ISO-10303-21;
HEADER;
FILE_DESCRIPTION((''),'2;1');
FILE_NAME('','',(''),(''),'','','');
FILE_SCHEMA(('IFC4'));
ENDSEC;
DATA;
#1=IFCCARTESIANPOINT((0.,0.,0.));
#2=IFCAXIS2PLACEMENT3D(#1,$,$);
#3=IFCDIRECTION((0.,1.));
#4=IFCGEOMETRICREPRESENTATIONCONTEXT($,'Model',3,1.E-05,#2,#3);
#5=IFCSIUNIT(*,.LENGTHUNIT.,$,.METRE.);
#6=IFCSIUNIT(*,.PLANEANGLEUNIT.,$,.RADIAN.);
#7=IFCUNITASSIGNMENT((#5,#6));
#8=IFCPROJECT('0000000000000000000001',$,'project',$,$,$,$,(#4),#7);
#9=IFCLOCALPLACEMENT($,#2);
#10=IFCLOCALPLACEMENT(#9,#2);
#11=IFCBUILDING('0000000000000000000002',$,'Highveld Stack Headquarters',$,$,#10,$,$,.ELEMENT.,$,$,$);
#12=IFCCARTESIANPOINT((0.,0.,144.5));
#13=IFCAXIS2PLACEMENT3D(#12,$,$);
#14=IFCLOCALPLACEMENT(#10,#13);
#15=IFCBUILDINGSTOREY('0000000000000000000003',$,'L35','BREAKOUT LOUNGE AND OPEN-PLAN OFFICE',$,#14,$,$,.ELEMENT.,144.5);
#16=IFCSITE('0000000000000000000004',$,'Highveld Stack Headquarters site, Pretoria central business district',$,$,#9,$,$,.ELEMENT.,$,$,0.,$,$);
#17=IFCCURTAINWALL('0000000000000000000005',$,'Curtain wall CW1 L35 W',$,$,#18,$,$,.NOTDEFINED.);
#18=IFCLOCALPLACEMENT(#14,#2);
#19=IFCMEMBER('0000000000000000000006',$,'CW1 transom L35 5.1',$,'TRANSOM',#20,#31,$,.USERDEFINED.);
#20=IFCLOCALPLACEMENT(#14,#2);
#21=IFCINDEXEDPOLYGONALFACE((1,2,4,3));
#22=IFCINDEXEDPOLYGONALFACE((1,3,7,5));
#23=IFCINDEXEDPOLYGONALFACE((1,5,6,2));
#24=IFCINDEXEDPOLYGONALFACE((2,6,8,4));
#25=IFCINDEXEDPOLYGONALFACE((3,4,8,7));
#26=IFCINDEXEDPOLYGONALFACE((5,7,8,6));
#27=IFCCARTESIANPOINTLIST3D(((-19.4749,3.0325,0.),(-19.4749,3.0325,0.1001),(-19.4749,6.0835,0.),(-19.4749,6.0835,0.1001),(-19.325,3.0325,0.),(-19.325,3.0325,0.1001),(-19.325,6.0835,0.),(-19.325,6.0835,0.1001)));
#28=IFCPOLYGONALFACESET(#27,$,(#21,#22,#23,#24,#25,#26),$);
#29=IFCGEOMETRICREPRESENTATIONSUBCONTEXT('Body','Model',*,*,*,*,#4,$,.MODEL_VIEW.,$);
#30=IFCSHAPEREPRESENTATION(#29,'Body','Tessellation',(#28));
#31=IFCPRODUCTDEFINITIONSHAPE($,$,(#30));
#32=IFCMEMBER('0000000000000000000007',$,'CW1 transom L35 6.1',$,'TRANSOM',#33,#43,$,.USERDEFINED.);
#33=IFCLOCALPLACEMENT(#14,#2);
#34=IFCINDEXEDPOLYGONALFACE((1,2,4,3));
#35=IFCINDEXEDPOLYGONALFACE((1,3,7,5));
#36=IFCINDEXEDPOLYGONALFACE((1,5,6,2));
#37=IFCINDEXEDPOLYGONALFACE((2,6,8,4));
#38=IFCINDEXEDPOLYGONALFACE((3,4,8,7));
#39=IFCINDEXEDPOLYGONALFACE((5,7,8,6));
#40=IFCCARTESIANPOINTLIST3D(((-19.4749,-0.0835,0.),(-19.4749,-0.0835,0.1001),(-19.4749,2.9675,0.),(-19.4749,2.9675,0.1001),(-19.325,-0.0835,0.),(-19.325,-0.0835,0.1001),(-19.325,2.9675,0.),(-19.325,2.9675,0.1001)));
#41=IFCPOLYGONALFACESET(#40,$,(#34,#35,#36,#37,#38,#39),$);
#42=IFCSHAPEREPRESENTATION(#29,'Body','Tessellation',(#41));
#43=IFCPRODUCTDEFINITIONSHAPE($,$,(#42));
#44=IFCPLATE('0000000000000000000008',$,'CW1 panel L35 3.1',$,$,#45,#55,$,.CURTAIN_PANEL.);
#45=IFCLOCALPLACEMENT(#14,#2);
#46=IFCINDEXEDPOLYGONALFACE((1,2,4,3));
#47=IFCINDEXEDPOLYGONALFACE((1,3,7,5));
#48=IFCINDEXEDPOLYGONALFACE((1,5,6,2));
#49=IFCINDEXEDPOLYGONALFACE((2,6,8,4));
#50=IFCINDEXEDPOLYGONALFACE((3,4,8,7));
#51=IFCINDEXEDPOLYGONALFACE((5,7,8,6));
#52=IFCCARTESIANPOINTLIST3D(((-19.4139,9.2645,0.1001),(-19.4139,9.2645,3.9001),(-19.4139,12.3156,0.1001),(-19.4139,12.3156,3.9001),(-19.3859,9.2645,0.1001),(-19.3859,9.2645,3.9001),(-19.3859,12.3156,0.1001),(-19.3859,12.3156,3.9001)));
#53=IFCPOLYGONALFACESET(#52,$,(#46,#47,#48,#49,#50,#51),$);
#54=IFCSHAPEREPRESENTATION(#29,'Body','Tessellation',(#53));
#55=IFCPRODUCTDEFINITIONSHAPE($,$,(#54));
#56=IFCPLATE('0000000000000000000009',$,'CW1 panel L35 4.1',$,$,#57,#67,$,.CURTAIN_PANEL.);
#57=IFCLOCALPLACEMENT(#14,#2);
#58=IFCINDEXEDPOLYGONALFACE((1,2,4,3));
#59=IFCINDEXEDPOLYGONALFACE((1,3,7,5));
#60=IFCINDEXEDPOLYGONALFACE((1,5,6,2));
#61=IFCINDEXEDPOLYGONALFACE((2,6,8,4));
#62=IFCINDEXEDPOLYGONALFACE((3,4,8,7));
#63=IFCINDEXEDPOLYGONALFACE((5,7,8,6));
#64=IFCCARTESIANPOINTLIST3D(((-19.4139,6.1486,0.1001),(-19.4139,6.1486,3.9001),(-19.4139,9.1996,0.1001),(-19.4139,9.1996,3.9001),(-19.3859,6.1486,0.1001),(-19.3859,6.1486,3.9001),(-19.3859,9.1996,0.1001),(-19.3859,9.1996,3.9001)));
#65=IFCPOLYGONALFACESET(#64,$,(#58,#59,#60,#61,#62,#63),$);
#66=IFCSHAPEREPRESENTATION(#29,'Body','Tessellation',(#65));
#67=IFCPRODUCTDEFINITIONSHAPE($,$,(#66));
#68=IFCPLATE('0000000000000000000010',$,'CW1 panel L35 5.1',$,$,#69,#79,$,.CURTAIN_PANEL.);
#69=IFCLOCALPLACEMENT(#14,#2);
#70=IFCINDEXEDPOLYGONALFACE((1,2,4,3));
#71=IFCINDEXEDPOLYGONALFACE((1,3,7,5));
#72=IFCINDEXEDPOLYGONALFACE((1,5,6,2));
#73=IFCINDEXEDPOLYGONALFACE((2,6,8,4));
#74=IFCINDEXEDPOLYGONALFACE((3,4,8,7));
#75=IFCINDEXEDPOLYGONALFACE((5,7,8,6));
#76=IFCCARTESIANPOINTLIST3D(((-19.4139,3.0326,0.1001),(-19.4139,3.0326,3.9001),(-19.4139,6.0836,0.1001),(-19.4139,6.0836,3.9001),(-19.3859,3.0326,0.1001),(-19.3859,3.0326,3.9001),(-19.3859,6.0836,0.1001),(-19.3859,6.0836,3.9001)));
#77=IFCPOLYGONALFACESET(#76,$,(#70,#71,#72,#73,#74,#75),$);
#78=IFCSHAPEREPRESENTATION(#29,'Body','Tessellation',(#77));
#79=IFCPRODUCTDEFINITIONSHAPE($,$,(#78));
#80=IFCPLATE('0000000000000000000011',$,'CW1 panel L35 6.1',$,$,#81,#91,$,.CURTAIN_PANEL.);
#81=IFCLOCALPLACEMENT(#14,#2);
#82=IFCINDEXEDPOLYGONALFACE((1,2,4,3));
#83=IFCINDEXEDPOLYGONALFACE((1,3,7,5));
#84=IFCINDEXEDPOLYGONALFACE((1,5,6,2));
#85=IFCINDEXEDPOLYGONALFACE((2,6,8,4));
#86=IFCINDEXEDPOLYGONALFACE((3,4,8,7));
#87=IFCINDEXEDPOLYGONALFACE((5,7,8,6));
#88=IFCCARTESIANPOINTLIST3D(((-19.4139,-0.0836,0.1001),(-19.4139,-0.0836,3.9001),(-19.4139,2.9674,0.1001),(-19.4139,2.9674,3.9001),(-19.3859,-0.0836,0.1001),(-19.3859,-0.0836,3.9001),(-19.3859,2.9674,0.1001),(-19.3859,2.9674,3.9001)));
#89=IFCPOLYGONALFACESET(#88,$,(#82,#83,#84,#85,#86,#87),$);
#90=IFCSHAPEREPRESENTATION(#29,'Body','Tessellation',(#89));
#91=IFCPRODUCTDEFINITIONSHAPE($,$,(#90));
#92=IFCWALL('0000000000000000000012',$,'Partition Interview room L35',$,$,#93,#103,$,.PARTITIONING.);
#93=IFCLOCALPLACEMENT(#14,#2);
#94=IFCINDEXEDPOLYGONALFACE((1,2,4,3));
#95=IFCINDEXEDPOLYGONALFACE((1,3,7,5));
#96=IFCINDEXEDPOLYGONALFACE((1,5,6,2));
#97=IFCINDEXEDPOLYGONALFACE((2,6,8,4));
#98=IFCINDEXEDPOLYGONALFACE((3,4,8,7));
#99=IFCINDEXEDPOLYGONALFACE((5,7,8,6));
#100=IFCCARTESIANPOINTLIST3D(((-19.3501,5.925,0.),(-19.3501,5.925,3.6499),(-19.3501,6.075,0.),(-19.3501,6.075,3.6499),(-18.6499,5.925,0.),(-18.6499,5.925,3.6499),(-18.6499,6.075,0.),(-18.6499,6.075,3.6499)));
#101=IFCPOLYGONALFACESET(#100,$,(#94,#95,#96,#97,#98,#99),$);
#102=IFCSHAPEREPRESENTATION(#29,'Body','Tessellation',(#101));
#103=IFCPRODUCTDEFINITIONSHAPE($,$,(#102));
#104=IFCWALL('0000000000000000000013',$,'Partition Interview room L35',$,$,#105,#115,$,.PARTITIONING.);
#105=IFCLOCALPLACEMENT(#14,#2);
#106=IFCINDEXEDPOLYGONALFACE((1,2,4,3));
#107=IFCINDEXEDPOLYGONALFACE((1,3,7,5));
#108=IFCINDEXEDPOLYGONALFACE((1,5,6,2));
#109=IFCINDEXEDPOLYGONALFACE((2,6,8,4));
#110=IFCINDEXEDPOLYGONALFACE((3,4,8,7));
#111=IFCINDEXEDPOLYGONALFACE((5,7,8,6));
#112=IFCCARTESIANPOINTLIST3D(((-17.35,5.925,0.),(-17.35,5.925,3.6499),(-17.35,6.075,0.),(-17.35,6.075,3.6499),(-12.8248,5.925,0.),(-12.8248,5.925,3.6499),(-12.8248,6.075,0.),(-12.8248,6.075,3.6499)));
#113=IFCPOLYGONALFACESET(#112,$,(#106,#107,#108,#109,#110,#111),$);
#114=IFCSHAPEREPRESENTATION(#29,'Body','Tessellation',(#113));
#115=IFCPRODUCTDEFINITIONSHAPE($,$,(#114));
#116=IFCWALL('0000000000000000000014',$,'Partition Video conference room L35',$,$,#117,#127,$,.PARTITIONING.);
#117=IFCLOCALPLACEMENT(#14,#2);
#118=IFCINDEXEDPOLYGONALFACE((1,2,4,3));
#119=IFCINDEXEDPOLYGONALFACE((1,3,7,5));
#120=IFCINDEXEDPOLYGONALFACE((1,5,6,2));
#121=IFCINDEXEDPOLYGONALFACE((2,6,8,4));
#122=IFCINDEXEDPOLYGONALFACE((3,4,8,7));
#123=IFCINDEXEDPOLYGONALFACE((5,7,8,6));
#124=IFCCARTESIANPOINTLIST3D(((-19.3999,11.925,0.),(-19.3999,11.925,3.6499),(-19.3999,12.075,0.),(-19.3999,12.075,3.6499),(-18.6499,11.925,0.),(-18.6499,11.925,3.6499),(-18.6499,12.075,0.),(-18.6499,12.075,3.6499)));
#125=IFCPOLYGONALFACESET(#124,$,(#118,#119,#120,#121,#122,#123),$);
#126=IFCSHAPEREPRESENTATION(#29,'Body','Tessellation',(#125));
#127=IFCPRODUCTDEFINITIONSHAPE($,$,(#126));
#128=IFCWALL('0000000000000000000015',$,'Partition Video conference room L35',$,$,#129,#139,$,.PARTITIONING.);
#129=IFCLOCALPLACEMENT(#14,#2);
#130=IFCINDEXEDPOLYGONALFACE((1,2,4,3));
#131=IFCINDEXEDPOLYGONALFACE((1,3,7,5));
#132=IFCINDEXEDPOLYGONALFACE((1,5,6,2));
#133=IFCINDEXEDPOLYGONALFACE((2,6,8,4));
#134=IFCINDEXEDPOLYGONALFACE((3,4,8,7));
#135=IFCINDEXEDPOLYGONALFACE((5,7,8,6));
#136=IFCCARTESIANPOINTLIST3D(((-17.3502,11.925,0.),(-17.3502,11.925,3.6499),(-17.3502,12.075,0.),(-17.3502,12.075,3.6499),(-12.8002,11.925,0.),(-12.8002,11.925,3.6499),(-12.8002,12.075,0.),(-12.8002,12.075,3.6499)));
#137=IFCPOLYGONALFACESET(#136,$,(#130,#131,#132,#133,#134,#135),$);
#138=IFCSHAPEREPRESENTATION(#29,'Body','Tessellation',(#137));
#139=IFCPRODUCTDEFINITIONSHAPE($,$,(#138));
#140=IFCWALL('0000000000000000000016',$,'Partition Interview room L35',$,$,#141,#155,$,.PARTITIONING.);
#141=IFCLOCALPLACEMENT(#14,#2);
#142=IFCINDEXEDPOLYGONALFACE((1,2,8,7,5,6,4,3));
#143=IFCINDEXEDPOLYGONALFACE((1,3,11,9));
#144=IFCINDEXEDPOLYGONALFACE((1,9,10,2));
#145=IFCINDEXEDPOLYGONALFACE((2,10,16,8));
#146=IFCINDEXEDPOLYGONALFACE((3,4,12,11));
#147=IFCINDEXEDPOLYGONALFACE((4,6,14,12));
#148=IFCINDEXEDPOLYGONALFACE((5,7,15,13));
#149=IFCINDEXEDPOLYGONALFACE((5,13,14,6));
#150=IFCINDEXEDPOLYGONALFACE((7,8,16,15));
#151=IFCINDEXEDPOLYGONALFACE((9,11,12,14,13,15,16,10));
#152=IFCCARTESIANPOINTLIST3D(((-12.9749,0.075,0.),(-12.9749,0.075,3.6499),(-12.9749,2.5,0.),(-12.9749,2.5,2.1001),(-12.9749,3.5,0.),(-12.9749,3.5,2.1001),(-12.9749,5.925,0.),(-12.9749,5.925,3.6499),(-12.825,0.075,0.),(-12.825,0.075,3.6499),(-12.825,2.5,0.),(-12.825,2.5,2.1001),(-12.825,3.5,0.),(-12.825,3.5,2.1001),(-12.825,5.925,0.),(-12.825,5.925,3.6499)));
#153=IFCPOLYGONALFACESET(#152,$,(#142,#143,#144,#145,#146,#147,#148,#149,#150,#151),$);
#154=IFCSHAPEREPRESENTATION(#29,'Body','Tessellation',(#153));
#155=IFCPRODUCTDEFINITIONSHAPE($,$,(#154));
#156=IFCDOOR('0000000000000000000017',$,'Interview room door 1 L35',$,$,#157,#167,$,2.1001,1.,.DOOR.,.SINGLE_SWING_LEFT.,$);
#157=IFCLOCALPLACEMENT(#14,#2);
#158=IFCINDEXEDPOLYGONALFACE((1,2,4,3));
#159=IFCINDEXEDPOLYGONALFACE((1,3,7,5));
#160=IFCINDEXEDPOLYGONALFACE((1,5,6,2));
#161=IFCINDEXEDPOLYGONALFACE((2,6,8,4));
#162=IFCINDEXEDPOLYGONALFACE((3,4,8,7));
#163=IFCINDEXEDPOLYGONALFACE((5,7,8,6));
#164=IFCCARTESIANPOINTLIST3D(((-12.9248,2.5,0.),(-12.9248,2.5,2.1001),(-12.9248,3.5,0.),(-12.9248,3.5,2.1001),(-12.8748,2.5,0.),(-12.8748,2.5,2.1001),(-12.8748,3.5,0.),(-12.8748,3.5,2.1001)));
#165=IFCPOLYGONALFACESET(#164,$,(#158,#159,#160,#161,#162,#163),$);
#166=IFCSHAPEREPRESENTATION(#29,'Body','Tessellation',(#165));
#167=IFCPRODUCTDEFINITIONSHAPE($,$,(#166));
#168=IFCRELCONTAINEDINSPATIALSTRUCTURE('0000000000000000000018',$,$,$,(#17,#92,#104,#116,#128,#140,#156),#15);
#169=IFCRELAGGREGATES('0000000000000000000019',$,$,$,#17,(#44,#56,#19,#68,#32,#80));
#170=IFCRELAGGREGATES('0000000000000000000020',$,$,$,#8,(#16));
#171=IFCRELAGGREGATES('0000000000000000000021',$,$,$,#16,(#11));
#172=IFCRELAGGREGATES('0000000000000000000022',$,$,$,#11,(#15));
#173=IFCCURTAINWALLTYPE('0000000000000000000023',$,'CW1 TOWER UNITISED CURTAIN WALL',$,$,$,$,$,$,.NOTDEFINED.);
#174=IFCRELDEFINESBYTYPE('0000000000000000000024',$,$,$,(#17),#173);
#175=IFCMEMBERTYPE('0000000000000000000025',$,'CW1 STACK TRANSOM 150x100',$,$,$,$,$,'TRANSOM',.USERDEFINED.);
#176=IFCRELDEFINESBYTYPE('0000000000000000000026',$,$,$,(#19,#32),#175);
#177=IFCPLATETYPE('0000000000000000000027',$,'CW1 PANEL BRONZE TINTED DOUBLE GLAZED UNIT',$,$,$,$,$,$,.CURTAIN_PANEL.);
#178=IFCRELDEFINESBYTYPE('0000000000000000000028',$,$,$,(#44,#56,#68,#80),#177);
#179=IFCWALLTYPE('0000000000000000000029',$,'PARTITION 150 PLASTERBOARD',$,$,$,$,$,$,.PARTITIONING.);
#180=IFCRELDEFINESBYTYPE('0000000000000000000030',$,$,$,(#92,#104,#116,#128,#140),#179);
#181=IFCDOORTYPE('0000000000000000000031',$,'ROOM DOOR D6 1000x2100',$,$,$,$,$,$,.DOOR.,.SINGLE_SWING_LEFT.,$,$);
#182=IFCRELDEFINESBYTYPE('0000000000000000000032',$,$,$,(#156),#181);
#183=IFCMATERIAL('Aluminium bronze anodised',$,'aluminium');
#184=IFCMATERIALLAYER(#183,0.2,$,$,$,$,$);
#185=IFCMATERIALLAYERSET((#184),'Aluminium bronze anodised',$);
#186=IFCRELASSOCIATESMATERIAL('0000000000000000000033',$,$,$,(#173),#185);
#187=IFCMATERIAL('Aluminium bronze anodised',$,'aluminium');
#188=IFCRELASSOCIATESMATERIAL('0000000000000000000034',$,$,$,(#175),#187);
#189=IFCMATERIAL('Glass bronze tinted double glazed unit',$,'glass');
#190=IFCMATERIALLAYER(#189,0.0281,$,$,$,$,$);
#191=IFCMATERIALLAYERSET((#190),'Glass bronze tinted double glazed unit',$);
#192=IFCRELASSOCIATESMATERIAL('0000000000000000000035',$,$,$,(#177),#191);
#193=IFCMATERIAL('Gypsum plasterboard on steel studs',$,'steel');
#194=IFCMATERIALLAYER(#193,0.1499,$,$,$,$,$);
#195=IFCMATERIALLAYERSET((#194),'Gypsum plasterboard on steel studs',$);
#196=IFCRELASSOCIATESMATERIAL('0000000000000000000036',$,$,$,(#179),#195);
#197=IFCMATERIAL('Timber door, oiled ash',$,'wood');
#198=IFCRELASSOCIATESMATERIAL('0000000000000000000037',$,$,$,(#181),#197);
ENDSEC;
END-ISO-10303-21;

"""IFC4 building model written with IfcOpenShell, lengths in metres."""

from ifc_helpers import new_model, si_unit, direction, frame, frame_2d, origin, origin_2d, place, context, subcontext, project, spatial, rectangle, extrude, material, layer, layer_set, material_profile, profile_set, type_object, element, fill, aggregate, save


model = new_model("IFC4")

# Units and contexts
model_context = context("Model", 3, precision=1e-05, world=origin(), true_north=direction((0.0, 1.0)))
body_context = subcontext(model_context, "Body", "Model", "MODEL_VIEW")
ifc_project = project(units=[si_unit("LENGTHUNIT", "METRE"), si_unit("PLANEANGLEUNIT", "RADIAN")], contexts=[model_context])

# Site, building, storey
site_placement = place(None, origin())
site = spatial("IfcSite", under=ifc_project, at=site_placement, Name="Highveld Stack Headquarters site, Pretoria central business district", CompositionType="ELEMENT", RefElevation=0.0)
building_placement = place(site_placement, origin())
building = spatial("IfcBuilding", under=site, at=building_placement, Name="Highveld Stack Headquarters", CompositionType="ELEMENT")
storey_placement = place(building_placement, frame((0.0, 0.0, 144.5)))
storey = spatial("IfcBuildingStorey", under=building, at=storey_placement, Name="L35", Description="BREAKOUT LOUNGE AND OPEN-PLAN OFFICE", CompositionType="ELEMENT", Elevation=144.5)

# Curtain wall, members, plates
ifc_material_1 = material(Name="Aluminium bronze anodised", Category="aluminium")
ifc_layer_1 = layer(ifc_material_1, 0.2)
ifc_layer_set_1 = layer_set([ifc_layer_1], Name="Aluminium bronze anodised")
curtain_wall_type = type_object("IfcCurtainWallType", Name="CW1 TOWER UNITISED CURTAIN WALL", PredefinedType="NOTDEFINED", material=ifc_layer_set_1)
curtain_wall_placement = place(storey_placement, origin())
curtain_wall = element("IfcCurtainWall", 1, at=curtain_wall_placement, inside=storey, type_object=curtain_wall_type, Name="Curtain wall CW1 L35 W", PredefinedType="NOTDEFINED")
ifc_material_2 = material(Name="Aluminium bronze anodised", Category="aluminium")
ifc_material_profile_1 = material_profile(ifc_material_2, rectangle(XDim=0.1499, YDim=0.1001, at=origin_2d()), Name="CW1 TRANSOM 150x100")
ifc_profile_set_1 = profile_set([ifc_material_profile_1], Name="Aluminium bronze anodised")
member_type_1 = type_object("IfcMemberType", Name="CW1 STACK TRANSOM 150x100", ElementType="TRANSOM", PredefinedType="USERDEFINED", material=ifc_profile_set_1)
member_1_placement = place(storey_placement, frame((-19.3999, 6.0835, 0.05), z_axis=(0.0, -1.0, 0.0), x_axis=(1.0, 0.0, 0.0)))
member_1 = element("IfcMember", 2, at=member_1_placement, type_object=member_type_1, Name="CW1 transom L35 5.1", ObjectType="TRANSOM", PredefinedType="USERDEFINED", context=body_context, shape_type="SweptSolid", body=[
    extrude(rectangle(XDim=0.1499, YDim=0.1001, at=origin_2d()), origin(), (0.0, 0.0, 1.0), 3.051),
])
member_2_placement = place(storey_placement, frame((-19.3999, 2.9675, 0.05), z_axis=(0.0, -1.0, 0.0), x_axis=(1.0, 0.0, 0.0)))
member_2 = element("IfcMember", 3, at=member_2_placement, type_object=member_type_1, Name="CW1 transom L35 6.1", ObjectType="TRANSOM", PredefinedType="USERDEFINED", context=body_context, shape_type="SweptSolid", body=[
    extrude(rectangle(XDim=0.1499, YDim=0.1001, at=origin_2d()), origin(), (0.0, 0.0, 1.0), 3.051),
])
ifc_material_3 = material(Name="Glass bronze tinted double glazed unit", Category="glass")
ifc_layer_2 = layer(ifc_material_3, 0.0281)
ifc_layer_set_2 = layer_set([ifc_layer_2], Name="Glass bronze tinted double glazed unit")
plate_type = type_object("IfcPlateType", Name="CW1 PANEL BRONZE TINTED DOUBLE GLAZED UNIT", PredefinedType="CURTAIN_PANEL", material=ifc_layer_set_2)
plate_1_placement = place(storey_placement, frame((-19.3999, 10.79, 0.1001), z_axis=(0.0, 0.0, 1.0), x_axis=(0.0, -1.0, 0.0)))
plate_1 = element("IfcPlate", 4, at=plate_1_placement, type_object=plate_type, Name="CW1 panel L35 3.1", PredefinedType="CURTAIN_PANEL", context=body_context, shape_type="SweptSolid", body=[
    extrude(rectangle(XDim=3.051, YDim=0.0281, at=origin_2d()), origin(), (0.0, 0.0, 1.0), 3.8),
])
plate_2_placement = place(storey_placement, frame((-19.3999, 7.6741, 0.1001), z_axis=(0.0, 0.0, 1.0), x_axis=(0.0, -1.0, 0.0)))
plate_2 = element("IfcPlate", 5, at=plate_2_placement, type_object=plate_type, Name="CW1 panel L35 4.1", PredefinedType="CURTAIN_PANEL", context=body_context, shape_type="SweptSolid", body=[
    extrude(rectangle(XDim=3.051, YDim=0.0281, at=origin_2d()), origin(), (0.0, 0.0, 1.0), 3.8),
])
plate_3_placement = place(storey_placement, frame((-19.3999, 4.5581, 0.1001), z_axis=(0.0, 0.0, 1.0), x_axis=(0.0, -1.0, 0.0)))
plate_3 = element("IfcPlate", 6, at=plate_3_placement, type_object=plate_type, Name="CW1 panel L35 5.1", PredefinedType="CURTAIN_PANEL", context=body_context, shape_type="SweptSolid", body=[
    extrude(rectangle(XDim=3.051, YDim=0.0281, at=origin_2d()), origin(), (0.0, 0.0, 1.0), 3.8),
])
plate_4_placement = place(storey_placement, frame((-19.3999, 1.4419, 0.1001), z_axis=(0.0, 0.0, 1.0), x_axis=(0.0, -1.0, 0.0)))
plate_4 = element("IfcPlate", 7, at=plate_4_placement, type_object=plate_type, Name="CW1 panel L35 6.1", PredefinedType="CURTAIN_PANEL", context=body_context, shape_type="SweptSolid", body=[
    extrude(rectangle(XDim=3.051, YDim=0.0281, at=origin_2d()), origin(), (0.0, 0.0, 1.0), 3.8),
])
aggregate(curtain_wall, [plate_1, plate_2, member_1, plate_3, member_2, plate_4])

# Walls
ifc_material_4 = material(Name="Gypsum plasterboard on steel studs", Category="steel")
ifc_layer_3 = layer(ifc_material_4, 0.1499)
ifc_layer_set_3 = layer_set([ifc_layer_3], Name="Gypsum plasterboard on steel studs")
wall_type = type_object("IfcWallType", Name="PARTITION 150 PLASTERBOARD", PredefinedType="PARTITIONING", material=ifc_layer_set_3)
wall_1_placement = place(storey_placement, frame((-19.3501, 6.0, 0.0), z_axis=(0.0, 0.0, 1.0), x_axis=(1.0, 0.0, 0.0)))
element("IfcWall", 8, at=wall_1_placement, inside=storey, type_object=wall_type, Name="Partition Interview room L35", PredefinedType="PARTITIONING", context=body_context, shape_type="SweptSolid", body=[
    extrude(rectangle(XDim=0.7002, YDim=0.1499, at=frame_2d((0.3501, 0.0))), origin(), (0.0, 0.0, 1.0), 3.6499),
])
wall_2_placement = place(storey_placement, frame((-17.3501, 6.0, 0.0), z_axis=(0.0, 0.0, 1.0), x_axis=(1.0, 0.0, 0.0)))
element("IfcWall", 9, at=wall_2_placement, inside=storey, type_object=wall_type, Name="Partition Interview room L35", PredefinedType="PARTITIONING", context=body_context, shape_type="SweptSolid", body=[
    extrude(rectangle(XDim=4.5251, YDim=0.1499, at=frame_2d((2.2627, 0.0))), origin(), (0.0, 0.0, 1.0), 3.6499),
])
wall_3_placement = place(storey_placement, frame((-19.3999, 12.0, 0.0), z_axis=(0.0, 0.0, 1.0), x_axis=(1.0, 0.0, 0.0)))
element("IfcWall", 10, at=wall_3_placement, inside=storey, type_object=wall_type, Name="Partition Video conference room L35", PredefinedType="PARTITIONING", context=body_context, shape_type="SweptSolid", body=[
    extrude(rectangle(XDim=0.75, YDim=0.1499, at=frame_2d((0.375, 0.0))), origin(), (0.0, 0.0, 1.0), 3.6499),
])
wall_4_placement = place(storey_placement, frame((-17.3501, 12.0, 0.0), z_axis=(0.0, 0.0, 1.0), x_axis=(1.0, 0.0, 0.0)))
element("IfcWall", 11, at=wall_4_placement, inside=storey, type_object=wall_type, Name="Partition Video conference room L35", PredefinedType="PARTITIONING", context=body_context, shape_type="SweptSolid", body=[
    extrude(rectangle(XDim=4.55, YDim=0.1499, at=frame_2d((2.2749, 0.0))), origin(), (0.0, 0.0, 1.0), 3.6499),
])

# Wall, opening, door
wall_5_placement = place(storey_placement, frame((-12.8999, 0.075, 0.0), z_axis=(0.0, 0.0, 1.0), x_axis=(0.0, 1.0, 0.0)))
wall_5 = element("IfcWall", 12, at=wall_5_placement, inside=storey, type_object=wall_type, Name="Partition Interview room L35", PredefinedType="PARTITIONING", context=body_context, shape_type="SweptSolid", body=[
    extrude(rectangle(XDim=5.8501, YDim=0.1499, at=frame_2d((2.925, 0.0))), origin(), (0.0, 0.0, 1.0), 3.6499),
])
opening_placement = place(wall_5_placement, frame((2.425, 0.0, 0.0)))
opening = element("IfcOpeningElement", 13, at=opening_placement, cuts=wall_5, PredefinedType="OPENING", context=body_context, shape_type="SweptSolid", body=[
    extrude(rectangle(XDim=1.0, YDim=2.1001, at=frame_2d((0.5, 1.05))), frame((0.0, 0.085, 0.0), z_axis=(0.0, -1.0, 0.0), x_axis=(1.0, 0.0, 0.0)), (0.0, 0.0, 1.0), 0.1699),
])
ifc_material_5 = material(Name="Timber door, oiled ash", Category="wood")
door_type = type_object("IfcDoorType", Name="ROOM DOOR D6 1000x2100", OperationType="SINGLE_SWING_LEFT", PredefinedType="DOOR", material=ifc_material_5)
door_placement = place(opening_placement, origin())
door = element("IfcDoor", 14, at=door_placement, inside=storey, type_object=door_type, Name="Interview room door 1 L35", OperationType="SINGLE_SWING_LEFT", OverallHeight=2.1001, OverallWidth=1.0, PredefinedType="DOOR", context=body_context, shape_type="SweptSolid", body=[
    extrude(rectangle(XDim=1.0, YDim=2.1001, at=frame_2d((0.5, 1.05))), frame((0.0, 0.0249, 0.0), z_axis=(0.0, -1.0, 0.0), x_axis=(1.0, 0.0, 0.0)), (0.0, 0.0, 1.0), 0.05),
])
fill(opening, door)

save(model, "model.ifc")
